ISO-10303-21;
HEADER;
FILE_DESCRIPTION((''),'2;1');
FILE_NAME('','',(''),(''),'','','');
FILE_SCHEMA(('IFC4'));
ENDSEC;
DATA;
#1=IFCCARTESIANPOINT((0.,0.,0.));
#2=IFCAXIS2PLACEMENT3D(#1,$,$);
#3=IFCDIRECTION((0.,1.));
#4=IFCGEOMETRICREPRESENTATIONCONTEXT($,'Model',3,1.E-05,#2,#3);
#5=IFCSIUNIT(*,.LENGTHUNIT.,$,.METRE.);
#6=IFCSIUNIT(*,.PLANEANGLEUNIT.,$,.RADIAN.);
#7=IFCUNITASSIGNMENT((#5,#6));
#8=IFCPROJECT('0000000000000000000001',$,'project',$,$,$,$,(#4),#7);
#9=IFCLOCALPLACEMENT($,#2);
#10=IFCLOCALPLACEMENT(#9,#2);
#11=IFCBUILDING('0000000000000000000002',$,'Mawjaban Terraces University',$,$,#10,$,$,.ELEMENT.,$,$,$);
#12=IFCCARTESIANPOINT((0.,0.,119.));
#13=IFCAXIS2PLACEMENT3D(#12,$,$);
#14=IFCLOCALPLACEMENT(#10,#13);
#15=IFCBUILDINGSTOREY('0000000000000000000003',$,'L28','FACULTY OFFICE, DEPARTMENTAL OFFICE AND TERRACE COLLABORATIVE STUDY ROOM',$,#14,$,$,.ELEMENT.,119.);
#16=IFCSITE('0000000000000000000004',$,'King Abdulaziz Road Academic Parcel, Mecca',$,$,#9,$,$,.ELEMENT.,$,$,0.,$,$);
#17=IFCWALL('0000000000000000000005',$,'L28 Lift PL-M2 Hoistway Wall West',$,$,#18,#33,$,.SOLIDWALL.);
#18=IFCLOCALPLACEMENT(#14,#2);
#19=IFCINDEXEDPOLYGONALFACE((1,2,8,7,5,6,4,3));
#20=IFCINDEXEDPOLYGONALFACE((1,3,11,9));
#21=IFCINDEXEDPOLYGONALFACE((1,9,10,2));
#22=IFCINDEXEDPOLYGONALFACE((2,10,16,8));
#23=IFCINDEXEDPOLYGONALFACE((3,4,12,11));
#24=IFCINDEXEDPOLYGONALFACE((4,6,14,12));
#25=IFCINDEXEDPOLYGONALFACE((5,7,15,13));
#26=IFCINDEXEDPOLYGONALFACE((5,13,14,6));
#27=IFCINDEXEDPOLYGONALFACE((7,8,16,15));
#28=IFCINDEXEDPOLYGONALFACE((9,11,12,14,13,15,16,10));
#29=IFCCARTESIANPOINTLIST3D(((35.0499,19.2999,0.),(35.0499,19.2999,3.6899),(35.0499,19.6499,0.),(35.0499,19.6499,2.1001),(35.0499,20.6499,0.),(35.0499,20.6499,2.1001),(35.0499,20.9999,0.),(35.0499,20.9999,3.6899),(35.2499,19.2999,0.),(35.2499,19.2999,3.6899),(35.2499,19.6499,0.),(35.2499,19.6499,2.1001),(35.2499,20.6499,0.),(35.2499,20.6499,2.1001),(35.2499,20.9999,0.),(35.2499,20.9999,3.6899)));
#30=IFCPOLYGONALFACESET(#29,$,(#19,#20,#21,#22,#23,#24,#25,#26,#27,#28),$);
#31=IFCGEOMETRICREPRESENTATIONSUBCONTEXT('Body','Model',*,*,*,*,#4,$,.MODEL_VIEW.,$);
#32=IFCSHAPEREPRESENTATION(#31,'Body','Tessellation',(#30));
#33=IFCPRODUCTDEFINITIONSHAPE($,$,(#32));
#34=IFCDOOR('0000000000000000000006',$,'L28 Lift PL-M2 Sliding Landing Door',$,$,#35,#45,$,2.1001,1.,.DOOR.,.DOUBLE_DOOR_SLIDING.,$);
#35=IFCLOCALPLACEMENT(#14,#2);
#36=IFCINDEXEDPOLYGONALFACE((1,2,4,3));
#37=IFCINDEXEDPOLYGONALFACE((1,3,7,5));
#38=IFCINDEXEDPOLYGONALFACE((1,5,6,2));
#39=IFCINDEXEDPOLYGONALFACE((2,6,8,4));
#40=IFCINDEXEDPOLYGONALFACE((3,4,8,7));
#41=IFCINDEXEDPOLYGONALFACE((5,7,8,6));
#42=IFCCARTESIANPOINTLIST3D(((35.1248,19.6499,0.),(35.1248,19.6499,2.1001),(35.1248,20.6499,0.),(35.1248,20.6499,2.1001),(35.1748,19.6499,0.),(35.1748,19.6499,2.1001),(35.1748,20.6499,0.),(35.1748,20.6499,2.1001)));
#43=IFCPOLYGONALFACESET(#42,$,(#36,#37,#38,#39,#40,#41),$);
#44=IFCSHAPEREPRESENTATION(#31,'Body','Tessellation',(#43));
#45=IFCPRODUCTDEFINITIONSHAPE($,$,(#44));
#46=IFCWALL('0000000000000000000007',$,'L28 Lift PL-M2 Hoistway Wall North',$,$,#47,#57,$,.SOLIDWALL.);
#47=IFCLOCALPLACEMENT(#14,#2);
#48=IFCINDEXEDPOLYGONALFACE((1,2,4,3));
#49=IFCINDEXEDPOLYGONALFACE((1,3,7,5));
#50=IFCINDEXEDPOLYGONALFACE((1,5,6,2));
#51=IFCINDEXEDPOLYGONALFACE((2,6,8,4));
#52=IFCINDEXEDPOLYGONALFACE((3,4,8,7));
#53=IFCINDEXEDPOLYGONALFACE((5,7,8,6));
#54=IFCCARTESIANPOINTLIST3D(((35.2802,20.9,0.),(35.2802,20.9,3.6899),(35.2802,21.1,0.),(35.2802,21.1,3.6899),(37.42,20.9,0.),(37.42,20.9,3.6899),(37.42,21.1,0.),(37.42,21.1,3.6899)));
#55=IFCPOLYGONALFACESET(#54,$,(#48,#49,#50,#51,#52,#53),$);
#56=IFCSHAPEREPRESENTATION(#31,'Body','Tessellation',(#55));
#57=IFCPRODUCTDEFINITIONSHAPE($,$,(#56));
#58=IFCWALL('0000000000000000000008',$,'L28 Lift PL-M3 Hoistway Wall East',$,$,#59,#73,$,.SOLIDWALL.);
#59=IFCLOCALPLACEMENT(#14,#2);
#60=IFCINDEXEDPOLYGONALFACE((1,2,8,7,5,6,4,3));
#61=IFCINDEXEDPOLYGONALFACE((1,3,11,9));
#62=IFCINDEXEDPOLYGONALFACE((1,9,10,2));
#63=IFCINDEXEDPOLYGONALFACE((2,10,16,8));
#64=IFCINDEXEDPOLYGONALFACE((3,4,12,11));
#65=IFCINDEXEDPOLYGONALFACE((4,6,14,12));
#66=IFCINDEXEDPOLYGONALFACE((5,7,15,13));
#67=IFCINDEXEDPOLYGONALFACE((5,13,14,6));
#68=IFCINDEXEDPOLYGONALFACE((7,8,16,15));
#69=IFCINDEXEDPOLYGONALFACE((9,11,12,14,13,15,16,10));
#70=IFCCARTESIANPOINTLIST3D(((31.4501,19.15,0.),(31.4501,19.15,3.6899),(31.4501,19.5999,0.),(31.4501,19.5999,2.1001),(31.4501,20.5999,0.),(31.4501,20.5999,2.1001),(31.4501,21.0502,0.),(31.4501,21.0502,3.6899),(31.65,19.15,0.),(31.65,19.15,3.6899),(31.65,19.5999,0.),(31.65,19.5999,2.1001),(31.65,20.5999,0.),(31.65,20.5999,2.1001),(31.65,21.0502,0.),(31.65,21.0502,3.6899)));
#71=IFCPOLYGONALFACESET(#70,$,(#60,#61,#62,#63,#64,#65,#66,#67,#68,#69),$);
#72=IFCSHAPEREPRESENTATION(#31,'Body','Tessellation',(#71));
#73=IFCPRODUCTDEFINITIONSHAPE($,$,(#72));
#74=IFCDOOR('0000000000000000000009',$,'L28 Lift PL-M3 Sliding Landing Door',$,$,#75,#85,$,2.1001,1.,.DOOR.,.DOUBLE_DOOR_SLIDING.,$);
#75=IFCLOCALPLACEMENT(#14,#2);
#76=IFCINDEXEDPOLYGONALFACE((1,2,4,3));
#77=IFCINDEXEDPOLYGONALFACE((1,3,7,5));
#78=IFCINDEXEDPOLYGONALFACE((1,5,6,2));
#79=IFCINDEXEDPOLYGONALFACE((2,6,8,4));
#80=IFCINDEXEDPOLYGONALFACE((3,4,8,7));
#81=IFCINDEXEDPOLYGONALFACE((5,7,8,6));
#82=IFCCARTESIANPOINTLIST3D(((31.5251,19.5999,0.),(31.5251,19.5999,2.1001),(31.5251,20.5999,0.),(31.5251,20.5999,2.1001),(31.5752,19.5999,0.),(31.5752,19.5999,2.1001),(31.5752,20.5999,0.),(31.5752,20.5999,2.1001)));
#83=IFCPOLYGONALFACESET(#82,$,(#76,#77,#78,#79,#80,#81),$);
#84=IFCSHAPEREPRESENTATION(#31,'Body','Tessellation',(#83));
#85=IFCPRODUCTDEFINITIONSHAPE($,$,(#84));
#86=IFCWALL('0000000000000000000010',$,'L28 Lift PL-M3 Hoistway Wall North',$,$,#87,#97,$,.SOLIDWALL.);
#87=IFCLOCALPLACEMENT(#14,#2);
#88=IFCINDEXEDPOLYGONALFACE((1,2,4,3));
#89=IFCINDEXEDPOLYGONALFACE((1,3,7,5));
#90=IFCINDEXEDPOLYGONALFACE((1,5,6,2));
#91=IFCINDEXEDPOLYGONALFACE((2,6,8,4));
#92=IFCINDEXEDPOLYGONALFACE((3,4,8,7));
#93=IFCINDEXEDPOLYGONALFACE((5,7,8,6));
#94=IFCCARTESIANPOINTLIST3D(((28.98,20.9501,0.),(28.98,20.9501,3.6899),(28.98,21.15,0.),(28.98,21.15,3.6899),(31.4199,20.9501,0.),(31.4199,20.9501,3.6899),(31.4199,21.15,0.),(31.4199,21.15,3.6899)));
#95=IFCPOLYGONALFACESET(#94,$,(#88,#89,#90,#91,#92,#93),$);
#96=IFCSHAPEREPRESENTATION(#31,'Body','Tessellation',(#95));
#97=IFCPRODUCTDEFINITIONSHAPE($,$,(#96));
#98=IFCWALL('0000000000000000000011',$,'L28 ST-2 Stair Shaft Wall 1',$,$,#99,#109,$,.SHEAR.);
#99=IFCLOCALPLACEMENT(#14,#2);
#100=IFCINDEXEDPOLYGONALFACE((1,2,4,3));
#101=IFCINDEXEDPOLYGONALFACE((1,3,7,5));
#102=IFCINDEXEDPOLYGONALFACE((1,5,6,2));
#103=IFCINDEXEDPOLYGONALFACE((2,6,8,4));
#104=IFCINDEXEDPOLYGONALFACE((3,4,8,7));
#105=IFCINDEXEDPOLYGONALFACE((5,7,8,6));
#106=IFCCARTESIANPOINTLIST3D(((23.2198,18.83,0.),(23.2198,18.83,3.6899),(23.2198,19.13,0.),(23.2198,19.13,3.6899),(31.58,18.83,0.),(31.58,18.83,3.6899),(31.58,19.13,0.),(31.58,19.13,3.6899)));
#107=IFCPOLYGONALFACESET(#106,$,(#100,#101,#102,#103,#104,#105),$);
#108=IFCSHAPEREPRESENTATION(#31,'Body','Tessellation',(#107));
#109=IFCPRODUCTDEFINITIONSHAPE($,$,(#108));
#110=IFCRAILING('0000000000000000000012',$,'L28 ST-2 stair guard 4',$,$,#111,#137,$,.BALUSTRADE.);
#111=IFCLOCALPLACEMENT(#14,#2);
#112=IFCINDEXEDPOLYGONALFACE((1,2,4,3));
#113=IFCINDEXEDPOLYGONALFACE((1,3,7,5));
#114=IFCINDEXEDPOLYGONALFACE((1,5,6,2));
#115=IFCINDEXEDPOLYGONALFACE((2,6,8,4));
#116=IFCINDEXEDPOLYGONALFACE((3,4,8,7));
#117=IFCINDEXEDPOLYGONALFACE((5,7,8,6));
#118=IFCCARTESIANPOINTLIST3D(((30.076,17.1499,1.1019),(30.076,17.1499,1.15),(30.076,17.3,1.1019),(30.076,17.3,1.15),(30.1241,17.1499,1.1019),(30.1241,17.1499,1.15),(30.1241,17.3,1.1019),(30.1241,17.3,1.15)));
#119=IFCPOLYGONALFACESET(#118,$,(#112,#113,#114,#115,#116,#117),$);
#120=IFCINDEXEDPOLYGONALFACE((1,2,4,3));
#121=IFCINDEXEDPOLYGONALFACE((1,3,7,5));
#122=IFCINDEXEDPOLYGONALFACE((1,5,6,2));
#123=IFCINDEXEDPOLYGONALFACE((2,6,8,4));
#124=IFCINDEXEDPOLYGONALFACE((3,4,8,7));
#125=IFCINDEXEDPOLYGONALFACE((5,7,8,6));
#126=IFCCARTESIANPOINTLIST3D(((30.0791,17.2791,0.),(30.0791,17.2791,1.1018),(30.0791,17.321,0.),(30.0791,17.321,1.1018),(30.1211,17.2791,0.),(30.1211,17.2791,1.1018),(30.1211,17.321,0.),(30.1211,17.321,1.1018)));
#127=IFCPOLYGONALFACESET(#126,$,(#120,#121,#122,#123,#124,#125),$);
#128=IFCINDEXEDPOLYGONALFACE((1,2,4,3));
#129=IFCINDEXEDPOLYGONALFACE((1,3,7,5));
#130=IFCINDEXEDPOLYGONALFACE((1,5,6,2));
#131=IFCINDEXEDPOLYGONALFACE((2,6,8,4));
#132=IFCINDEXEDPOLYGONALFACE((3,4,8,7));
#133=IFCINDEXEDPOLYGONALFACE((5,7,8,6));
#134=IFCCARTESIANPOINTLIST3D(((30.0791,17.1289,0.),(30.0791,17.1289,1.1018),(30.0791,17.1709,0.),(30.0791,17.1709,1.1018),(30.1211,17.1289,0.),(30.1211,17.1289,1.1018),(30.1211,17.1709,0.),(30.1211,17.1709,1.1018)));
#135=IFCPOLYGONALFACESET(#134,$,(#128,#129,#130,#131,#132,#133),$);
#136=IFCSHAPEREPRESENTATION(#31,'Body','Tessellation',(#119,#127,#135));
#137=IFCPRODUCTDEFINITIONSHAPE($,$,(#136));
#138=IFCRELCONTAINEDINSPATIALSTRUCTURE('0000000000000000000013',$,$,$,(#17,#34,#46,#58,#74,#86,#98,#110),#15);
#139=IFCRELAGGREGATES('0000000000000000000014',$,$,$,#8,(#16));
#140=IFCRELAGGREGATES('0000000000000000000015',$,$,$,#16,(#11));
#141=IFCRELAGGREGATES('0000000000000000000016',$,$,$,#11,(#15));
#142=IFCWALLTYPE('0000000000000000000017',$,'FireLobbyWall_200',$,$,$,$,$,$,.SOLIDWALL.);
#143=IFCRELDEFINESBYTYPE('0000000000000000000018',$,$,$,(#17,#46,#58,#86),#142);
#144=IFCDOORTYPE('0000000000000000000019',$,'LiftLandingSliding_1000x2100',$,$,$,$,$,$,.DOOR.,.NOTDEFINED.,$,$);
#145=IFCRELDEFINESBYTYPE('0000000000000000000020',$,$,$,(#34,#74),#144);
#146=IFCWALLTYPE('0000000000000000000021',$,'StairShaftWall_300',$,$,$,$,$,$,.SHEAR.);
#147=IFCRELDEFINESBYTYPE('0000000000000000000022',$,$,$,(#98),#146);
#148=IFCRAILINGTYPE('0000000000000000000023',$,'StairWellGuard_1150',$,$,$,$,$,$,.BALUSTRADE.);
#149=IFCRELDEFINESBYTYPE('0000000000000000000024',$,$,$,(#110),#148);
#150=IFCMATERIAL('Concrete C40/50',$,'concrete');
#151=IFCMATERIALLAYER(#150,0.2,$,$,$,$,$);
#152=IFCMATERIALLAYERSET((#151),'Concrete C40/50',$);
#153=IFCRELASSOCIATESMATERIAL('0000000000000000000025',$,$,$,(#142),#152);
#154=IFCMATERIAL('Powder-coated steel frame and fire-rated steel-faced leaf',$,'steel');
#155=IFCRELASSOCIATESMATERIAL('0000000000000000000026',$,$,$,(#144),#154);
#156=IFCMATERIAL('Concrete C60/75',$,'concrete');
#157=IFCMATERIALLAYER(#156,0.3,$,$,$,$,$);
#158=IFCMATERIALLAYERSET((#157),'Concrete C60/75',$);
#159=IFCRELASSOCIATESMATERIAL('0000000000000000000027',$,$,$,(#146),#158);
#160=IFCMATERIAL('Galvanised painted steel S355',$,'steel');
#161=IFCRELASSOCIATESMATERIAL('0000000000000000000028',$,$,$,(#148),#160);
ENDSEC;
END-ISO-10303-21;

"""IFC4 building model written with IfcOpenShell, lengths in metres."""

from ifc_helpers import new_model, si_unit, direction, frame, frame_2d, origin, origin_2d, place, context, subcontext, project, spatial, rectangle, extrude, material, layer, layer_set, type_object, element, fill, save


model = new_model("IFC4")

# Units and contexts
model_context = context("Model", 3, precision=1e-05, world=origin(), true_north=direction((0.0, 1.0)))
body_context = subcontext(model_context, "Body", "Model", "MODEL_VIEW")
ifc_project = project(units=[si_unit("LENGTHUNIT", "METRE"), si_unit("PLANEANGLEUNIT", "RADIAN")], contexts=[model_context])

# Site, building, storey
site_placement = place(None, origin())
site = spatial("IfcSite", under=ifc_project, at=site_placement, Name="King Abdulaziz Road Academic Parcel, Mecca", CompositionType="ELEMENT", RefElevation=0.0)
building_placement = place(site_placement, origin())
building = spatial("IfcBuilding", under=site, at=building_placement, Name="Mawjaban Terraces University", CompositionType="ELEMENT")
storey_placement = place(building_placement, frame((0.0, 0.0, 119.0)))
storey = spatial("IfcBuildingStorey", under=building, at=storey_placement, Name="L28", Description="FACULTY OFFICE, DEPARTMENTAL OFFICE AND TERRACE COLLABORATIVE STUDY ROOM", CompositionType="ELEMENT", Elevation=119.0)

# Shared definitions
ifc_material_1 = material(Name="Concrete C60/75", Category="concrete")

# Shared definitions
ifc_material_2 = material(Name="Concrete C40/50", Category="concrete")
ifc_layer_1 = layer(ifc_material_2, 0.2)
ifc_layer_set_1 = layer_set([ifc_layer_1], Name="Concrete C40/50")
wall_type_1 = type_object("IfcWallType", Name="FireLobbyWall_200", PredefinedType="SOLIDWALL", material=ifc_layer_set_1)

# Shared definitions
ifc_material_3 = material(Name="Powder-coated steel frame and fire-rated steel-faced leaf", Category="steel")
door_type_1 = type_object("IfcDoorType", Name="LiftLandingSliding_1000x2100", OperationType="NOTDEFINED", PredefinedType="DOOR", material=ifc_material_3)

# Wall, opening, door
wall_1_placement = place(storey_placement, frame((35.1499, 21.0, 0.0), z_axis=(0.0, 0.0, 1.0), x_axis=(0.0, -1.0, 0.0)))
wall_1 = element("IfcWall", 1, at=wall_1_placement, inside=storey, type_object=wall_type_1, Name="L28 Lift PL-M2 Hoistway Wall West", PredefinedType="SOLIDWALL", context=body_context, shape_type="SweptSolid", body=[
    extrude(rectangle(XDim=1.7, YDim=0.2, at=frame_2d((0.8501, 0.0))), origin(), (0.0, 0.0, 1.0), 3.6899),
])
opening_1_placement = place(wall_1_placement, frame((0.3501, 0.0, 0.0)))
opening_1 = element("IfcOpeningElement", 2, at=opening_1_placement, cuts=wall_1, PredefinedType="OPENING", context=body_context, shape_type="SweptSolid", body=[
    extrude(rectangle(XDim=1.0, YDim=2.1001, at=frame_2d((0.5, 1.05))), frame((0.0, 0.1099, 0.0), z_axis=(0.0, -1.0, 0.0), x_axis=(1.0, 0.0, 0.0)), (0.0, 0.0, 1.0), 0.22),
])
door_1_placement = place(opening_1_placement, origin())
door_1 = element("IfcDoor", 3, at=door_1_placement, inside=storey, type_object=door_type_1, Name="L28 Lift PL-M2 Sliding Landing Door", OperationType="DOUBLE_DOOR_SLIDING", OverallHeight=2.1001, OverallWidth=1.0, PredefinedType="DOOR", context=body_context, shape_type="SweptSolid", body=[
    extrude(rectangle(XDim=1.0, YDim=2.1001, at=frame_2d((0.5, 1.05))), frame((0.0, 0.0249, 0.0), z_axis=(0.0, -1.0, 0.0), x_axis=(1.0, 0.0, 0.0)), (0.0, 0.0, 1.0), 0.05),
])
fill(opening_1, door_1)

# Wall
wall_2_placement = place(storey_placement, frame((37.4199, 21.0, 0.0), z_axis=(0.0, 0.0, 1.0), x_axis=(-1.0, 0.0, 0.0)))
element("IfcWall", 4, at=wall_2_placement, inside=storey, type_object=wall_type_1, Name="L28 Lift PL-M2 Hoistway Wall North", PredefinedType="SOLIDWALL", context=body_context, shape_type="SweptSolid", body=[
    extrude(rectangle(XDim=2.1399, YDim=0.2, at=frame_2d((1.0698, 0.0))), origin(), (0.0, 0.0, 1.0), 3.6899),
])

# Wall, opening, door
wall_3_placement = place(storey_placement, frame((31.55, 19.1499, 0.0), z_axis=(0.0, 0.0, 1.0), x_axis=(0.0, 1.0, 0.0)))
wall_3 = element("IfcWall", 5, at=wall_3_placement, inside=storey, type_object=wall_type_1, Name="L28 Lift PL-M3 Hoistway Wall East", PredefinedType="SOLIDWALL", context=body_context, shape_type="SweptSolid", body=[
    extrude(rectangle(XDim=1.9001, YDim=0.2, at=frame_2d((0.9502, 0.0))), origin(), (0.0, 0.0, 1.0), 3.6899),
])
opening_2_placement = place(wall_3_placement, frame((0.45, 0.0, 0.0)))
opening_2 = element("IfcOpeningElement", 6, at=opening_2_placement, cuts=wall_3, PredefinedType="OPENING", context=body_context, shape_type="SweptSolid", body=[
    extrude(rectangle(XDim=1.0, YDim=2.1001, at=frame_2d((0.5, 1.05))), frame((0.0, 0.1099, 0.0), z_axis=(0.0, -1.0, 0.0), x_axis=(1.0, 0.0, 0.0)), (0.0, 0.0, 1.0), 0.22),
])
door_2_placement = place(opening_2_placement, origin())
door_2 = element("IfcDoor", 7, at=door_2_placement, inside=storey, type_object=door_type_1, Name="L28 Lift PL-M3 Sliding Landing Door", OperationType="DOUBLE_DOOR_SLIDING", OverallHeight=2.1001, OverallWidth=1.0, PredefinedType="DOOR", context=body_context, shape_type="SweptSolid", body=[
    extrude(rectangle(XDim=1.0, YDim=2.1001, at=frame_2d((0.5, 1.05))), frame((0.0, 0.0249, 0.0), z_axis=(0.0, -1.0, 0.0), x_axis=(1.0, 0.0, 0.0)), (0.0, 0.0, 1.0), 0.05),
])
fill(opening_2, door_2)

# Walls
wall_4_placement = place(storey_placement, frame((31.4199, 21.05, 0.0), z_axis=(0.0, 0.0, 1.0), x_axis=(-1.0, 0.0, 0.0)))
element("IfcWall", 8, at=wall_4_placement, inside=storey, type_object=wall_type_1, Name="L28 Lift PL-M3 Hoistway Wall North", PredefinedType="SOLIDWALL", context=body_context, shape_type="SweptSolid", body=[
    extrude(rectangle(XDim=2.4399, YDim=0.2, at=frame_2d((1.22, 0.0))), origin(), (0.0, 0.0, 1.0), 3.6899),
])
ifc_layer_2 = layer(ifc_material_1, 0.3)
ifc_layer_set_2 = layer_set([ifc_layer_2], Name="Concrete C60/75")
wall_type_2 = type_object("IfcWallType", Name="StairShaftWall_300", PredefinedType="SHEAR", material=ifc_layer_set_2)
wall_5_placement = place(storey_placement, frame((31.5801, 18.98, 0.0), z_axis=(0.0, 0.0, 1.0), x_axis=(-1.0, 0.0, 0.0)))
element("IfcWall", 9, at=wall_5_placement, inside=storey, type_object=wall_type_2, Name="L28 ST-2 Stair Shaft Wall 1", PredefinedType="SHEAR", context=body_context, shape_type="SweptSolid", body=[
    extrude(rectangle(XDim=8.3601, YDim=0.3, at=frame_2d((4.1802, 0.0))), origin(), (0.0, 0.0, 1.0), 3.6899),
])

# Railing
ifc_material_4 = material(Name="Galvanised painted steel S355", Category="steel")
railing_type = type_object("IfcRailingType", Name="StairWellGuard_1150", PredefinedType="BALUSTRADE", material=ifc_material_4)
railing_placement = place(storey_placement, frame((30.1001, 17.3, 0.0)))
element("IfcRailing", 10, at=railing_placement, inside=storey, type_object=railing_type, Name="L28 ST-2 stair guard 4", PredefinedType="BALUSTRADE", context=body_context, shape_type="SweptSolid", body=[
    extrude(rectangle(XDim=0.0481, YDim=0.0481, at=origin_2d()), frame((0.0, 0.0, 1.126), z_axis=(0.0, -1.0, 0.0), x_axis=(1.0, 0.0, 0.0)), (0.0, 0.0, 1.0), 0.1501),
    extrude(rectangle(XDim=0.042, YDim=0.042, at=origin_2d()), origin(), (0.0, 0.0, 1.0), 1.1018),
    extrude(rectangle(XDim=0.042, YDim=0.042, at=origin_2d()), frame((0.0, -0.1501, 0.0)), (0.0, 0.0, 1.0), 1.1018),
])

save(model, "model.ifc")
